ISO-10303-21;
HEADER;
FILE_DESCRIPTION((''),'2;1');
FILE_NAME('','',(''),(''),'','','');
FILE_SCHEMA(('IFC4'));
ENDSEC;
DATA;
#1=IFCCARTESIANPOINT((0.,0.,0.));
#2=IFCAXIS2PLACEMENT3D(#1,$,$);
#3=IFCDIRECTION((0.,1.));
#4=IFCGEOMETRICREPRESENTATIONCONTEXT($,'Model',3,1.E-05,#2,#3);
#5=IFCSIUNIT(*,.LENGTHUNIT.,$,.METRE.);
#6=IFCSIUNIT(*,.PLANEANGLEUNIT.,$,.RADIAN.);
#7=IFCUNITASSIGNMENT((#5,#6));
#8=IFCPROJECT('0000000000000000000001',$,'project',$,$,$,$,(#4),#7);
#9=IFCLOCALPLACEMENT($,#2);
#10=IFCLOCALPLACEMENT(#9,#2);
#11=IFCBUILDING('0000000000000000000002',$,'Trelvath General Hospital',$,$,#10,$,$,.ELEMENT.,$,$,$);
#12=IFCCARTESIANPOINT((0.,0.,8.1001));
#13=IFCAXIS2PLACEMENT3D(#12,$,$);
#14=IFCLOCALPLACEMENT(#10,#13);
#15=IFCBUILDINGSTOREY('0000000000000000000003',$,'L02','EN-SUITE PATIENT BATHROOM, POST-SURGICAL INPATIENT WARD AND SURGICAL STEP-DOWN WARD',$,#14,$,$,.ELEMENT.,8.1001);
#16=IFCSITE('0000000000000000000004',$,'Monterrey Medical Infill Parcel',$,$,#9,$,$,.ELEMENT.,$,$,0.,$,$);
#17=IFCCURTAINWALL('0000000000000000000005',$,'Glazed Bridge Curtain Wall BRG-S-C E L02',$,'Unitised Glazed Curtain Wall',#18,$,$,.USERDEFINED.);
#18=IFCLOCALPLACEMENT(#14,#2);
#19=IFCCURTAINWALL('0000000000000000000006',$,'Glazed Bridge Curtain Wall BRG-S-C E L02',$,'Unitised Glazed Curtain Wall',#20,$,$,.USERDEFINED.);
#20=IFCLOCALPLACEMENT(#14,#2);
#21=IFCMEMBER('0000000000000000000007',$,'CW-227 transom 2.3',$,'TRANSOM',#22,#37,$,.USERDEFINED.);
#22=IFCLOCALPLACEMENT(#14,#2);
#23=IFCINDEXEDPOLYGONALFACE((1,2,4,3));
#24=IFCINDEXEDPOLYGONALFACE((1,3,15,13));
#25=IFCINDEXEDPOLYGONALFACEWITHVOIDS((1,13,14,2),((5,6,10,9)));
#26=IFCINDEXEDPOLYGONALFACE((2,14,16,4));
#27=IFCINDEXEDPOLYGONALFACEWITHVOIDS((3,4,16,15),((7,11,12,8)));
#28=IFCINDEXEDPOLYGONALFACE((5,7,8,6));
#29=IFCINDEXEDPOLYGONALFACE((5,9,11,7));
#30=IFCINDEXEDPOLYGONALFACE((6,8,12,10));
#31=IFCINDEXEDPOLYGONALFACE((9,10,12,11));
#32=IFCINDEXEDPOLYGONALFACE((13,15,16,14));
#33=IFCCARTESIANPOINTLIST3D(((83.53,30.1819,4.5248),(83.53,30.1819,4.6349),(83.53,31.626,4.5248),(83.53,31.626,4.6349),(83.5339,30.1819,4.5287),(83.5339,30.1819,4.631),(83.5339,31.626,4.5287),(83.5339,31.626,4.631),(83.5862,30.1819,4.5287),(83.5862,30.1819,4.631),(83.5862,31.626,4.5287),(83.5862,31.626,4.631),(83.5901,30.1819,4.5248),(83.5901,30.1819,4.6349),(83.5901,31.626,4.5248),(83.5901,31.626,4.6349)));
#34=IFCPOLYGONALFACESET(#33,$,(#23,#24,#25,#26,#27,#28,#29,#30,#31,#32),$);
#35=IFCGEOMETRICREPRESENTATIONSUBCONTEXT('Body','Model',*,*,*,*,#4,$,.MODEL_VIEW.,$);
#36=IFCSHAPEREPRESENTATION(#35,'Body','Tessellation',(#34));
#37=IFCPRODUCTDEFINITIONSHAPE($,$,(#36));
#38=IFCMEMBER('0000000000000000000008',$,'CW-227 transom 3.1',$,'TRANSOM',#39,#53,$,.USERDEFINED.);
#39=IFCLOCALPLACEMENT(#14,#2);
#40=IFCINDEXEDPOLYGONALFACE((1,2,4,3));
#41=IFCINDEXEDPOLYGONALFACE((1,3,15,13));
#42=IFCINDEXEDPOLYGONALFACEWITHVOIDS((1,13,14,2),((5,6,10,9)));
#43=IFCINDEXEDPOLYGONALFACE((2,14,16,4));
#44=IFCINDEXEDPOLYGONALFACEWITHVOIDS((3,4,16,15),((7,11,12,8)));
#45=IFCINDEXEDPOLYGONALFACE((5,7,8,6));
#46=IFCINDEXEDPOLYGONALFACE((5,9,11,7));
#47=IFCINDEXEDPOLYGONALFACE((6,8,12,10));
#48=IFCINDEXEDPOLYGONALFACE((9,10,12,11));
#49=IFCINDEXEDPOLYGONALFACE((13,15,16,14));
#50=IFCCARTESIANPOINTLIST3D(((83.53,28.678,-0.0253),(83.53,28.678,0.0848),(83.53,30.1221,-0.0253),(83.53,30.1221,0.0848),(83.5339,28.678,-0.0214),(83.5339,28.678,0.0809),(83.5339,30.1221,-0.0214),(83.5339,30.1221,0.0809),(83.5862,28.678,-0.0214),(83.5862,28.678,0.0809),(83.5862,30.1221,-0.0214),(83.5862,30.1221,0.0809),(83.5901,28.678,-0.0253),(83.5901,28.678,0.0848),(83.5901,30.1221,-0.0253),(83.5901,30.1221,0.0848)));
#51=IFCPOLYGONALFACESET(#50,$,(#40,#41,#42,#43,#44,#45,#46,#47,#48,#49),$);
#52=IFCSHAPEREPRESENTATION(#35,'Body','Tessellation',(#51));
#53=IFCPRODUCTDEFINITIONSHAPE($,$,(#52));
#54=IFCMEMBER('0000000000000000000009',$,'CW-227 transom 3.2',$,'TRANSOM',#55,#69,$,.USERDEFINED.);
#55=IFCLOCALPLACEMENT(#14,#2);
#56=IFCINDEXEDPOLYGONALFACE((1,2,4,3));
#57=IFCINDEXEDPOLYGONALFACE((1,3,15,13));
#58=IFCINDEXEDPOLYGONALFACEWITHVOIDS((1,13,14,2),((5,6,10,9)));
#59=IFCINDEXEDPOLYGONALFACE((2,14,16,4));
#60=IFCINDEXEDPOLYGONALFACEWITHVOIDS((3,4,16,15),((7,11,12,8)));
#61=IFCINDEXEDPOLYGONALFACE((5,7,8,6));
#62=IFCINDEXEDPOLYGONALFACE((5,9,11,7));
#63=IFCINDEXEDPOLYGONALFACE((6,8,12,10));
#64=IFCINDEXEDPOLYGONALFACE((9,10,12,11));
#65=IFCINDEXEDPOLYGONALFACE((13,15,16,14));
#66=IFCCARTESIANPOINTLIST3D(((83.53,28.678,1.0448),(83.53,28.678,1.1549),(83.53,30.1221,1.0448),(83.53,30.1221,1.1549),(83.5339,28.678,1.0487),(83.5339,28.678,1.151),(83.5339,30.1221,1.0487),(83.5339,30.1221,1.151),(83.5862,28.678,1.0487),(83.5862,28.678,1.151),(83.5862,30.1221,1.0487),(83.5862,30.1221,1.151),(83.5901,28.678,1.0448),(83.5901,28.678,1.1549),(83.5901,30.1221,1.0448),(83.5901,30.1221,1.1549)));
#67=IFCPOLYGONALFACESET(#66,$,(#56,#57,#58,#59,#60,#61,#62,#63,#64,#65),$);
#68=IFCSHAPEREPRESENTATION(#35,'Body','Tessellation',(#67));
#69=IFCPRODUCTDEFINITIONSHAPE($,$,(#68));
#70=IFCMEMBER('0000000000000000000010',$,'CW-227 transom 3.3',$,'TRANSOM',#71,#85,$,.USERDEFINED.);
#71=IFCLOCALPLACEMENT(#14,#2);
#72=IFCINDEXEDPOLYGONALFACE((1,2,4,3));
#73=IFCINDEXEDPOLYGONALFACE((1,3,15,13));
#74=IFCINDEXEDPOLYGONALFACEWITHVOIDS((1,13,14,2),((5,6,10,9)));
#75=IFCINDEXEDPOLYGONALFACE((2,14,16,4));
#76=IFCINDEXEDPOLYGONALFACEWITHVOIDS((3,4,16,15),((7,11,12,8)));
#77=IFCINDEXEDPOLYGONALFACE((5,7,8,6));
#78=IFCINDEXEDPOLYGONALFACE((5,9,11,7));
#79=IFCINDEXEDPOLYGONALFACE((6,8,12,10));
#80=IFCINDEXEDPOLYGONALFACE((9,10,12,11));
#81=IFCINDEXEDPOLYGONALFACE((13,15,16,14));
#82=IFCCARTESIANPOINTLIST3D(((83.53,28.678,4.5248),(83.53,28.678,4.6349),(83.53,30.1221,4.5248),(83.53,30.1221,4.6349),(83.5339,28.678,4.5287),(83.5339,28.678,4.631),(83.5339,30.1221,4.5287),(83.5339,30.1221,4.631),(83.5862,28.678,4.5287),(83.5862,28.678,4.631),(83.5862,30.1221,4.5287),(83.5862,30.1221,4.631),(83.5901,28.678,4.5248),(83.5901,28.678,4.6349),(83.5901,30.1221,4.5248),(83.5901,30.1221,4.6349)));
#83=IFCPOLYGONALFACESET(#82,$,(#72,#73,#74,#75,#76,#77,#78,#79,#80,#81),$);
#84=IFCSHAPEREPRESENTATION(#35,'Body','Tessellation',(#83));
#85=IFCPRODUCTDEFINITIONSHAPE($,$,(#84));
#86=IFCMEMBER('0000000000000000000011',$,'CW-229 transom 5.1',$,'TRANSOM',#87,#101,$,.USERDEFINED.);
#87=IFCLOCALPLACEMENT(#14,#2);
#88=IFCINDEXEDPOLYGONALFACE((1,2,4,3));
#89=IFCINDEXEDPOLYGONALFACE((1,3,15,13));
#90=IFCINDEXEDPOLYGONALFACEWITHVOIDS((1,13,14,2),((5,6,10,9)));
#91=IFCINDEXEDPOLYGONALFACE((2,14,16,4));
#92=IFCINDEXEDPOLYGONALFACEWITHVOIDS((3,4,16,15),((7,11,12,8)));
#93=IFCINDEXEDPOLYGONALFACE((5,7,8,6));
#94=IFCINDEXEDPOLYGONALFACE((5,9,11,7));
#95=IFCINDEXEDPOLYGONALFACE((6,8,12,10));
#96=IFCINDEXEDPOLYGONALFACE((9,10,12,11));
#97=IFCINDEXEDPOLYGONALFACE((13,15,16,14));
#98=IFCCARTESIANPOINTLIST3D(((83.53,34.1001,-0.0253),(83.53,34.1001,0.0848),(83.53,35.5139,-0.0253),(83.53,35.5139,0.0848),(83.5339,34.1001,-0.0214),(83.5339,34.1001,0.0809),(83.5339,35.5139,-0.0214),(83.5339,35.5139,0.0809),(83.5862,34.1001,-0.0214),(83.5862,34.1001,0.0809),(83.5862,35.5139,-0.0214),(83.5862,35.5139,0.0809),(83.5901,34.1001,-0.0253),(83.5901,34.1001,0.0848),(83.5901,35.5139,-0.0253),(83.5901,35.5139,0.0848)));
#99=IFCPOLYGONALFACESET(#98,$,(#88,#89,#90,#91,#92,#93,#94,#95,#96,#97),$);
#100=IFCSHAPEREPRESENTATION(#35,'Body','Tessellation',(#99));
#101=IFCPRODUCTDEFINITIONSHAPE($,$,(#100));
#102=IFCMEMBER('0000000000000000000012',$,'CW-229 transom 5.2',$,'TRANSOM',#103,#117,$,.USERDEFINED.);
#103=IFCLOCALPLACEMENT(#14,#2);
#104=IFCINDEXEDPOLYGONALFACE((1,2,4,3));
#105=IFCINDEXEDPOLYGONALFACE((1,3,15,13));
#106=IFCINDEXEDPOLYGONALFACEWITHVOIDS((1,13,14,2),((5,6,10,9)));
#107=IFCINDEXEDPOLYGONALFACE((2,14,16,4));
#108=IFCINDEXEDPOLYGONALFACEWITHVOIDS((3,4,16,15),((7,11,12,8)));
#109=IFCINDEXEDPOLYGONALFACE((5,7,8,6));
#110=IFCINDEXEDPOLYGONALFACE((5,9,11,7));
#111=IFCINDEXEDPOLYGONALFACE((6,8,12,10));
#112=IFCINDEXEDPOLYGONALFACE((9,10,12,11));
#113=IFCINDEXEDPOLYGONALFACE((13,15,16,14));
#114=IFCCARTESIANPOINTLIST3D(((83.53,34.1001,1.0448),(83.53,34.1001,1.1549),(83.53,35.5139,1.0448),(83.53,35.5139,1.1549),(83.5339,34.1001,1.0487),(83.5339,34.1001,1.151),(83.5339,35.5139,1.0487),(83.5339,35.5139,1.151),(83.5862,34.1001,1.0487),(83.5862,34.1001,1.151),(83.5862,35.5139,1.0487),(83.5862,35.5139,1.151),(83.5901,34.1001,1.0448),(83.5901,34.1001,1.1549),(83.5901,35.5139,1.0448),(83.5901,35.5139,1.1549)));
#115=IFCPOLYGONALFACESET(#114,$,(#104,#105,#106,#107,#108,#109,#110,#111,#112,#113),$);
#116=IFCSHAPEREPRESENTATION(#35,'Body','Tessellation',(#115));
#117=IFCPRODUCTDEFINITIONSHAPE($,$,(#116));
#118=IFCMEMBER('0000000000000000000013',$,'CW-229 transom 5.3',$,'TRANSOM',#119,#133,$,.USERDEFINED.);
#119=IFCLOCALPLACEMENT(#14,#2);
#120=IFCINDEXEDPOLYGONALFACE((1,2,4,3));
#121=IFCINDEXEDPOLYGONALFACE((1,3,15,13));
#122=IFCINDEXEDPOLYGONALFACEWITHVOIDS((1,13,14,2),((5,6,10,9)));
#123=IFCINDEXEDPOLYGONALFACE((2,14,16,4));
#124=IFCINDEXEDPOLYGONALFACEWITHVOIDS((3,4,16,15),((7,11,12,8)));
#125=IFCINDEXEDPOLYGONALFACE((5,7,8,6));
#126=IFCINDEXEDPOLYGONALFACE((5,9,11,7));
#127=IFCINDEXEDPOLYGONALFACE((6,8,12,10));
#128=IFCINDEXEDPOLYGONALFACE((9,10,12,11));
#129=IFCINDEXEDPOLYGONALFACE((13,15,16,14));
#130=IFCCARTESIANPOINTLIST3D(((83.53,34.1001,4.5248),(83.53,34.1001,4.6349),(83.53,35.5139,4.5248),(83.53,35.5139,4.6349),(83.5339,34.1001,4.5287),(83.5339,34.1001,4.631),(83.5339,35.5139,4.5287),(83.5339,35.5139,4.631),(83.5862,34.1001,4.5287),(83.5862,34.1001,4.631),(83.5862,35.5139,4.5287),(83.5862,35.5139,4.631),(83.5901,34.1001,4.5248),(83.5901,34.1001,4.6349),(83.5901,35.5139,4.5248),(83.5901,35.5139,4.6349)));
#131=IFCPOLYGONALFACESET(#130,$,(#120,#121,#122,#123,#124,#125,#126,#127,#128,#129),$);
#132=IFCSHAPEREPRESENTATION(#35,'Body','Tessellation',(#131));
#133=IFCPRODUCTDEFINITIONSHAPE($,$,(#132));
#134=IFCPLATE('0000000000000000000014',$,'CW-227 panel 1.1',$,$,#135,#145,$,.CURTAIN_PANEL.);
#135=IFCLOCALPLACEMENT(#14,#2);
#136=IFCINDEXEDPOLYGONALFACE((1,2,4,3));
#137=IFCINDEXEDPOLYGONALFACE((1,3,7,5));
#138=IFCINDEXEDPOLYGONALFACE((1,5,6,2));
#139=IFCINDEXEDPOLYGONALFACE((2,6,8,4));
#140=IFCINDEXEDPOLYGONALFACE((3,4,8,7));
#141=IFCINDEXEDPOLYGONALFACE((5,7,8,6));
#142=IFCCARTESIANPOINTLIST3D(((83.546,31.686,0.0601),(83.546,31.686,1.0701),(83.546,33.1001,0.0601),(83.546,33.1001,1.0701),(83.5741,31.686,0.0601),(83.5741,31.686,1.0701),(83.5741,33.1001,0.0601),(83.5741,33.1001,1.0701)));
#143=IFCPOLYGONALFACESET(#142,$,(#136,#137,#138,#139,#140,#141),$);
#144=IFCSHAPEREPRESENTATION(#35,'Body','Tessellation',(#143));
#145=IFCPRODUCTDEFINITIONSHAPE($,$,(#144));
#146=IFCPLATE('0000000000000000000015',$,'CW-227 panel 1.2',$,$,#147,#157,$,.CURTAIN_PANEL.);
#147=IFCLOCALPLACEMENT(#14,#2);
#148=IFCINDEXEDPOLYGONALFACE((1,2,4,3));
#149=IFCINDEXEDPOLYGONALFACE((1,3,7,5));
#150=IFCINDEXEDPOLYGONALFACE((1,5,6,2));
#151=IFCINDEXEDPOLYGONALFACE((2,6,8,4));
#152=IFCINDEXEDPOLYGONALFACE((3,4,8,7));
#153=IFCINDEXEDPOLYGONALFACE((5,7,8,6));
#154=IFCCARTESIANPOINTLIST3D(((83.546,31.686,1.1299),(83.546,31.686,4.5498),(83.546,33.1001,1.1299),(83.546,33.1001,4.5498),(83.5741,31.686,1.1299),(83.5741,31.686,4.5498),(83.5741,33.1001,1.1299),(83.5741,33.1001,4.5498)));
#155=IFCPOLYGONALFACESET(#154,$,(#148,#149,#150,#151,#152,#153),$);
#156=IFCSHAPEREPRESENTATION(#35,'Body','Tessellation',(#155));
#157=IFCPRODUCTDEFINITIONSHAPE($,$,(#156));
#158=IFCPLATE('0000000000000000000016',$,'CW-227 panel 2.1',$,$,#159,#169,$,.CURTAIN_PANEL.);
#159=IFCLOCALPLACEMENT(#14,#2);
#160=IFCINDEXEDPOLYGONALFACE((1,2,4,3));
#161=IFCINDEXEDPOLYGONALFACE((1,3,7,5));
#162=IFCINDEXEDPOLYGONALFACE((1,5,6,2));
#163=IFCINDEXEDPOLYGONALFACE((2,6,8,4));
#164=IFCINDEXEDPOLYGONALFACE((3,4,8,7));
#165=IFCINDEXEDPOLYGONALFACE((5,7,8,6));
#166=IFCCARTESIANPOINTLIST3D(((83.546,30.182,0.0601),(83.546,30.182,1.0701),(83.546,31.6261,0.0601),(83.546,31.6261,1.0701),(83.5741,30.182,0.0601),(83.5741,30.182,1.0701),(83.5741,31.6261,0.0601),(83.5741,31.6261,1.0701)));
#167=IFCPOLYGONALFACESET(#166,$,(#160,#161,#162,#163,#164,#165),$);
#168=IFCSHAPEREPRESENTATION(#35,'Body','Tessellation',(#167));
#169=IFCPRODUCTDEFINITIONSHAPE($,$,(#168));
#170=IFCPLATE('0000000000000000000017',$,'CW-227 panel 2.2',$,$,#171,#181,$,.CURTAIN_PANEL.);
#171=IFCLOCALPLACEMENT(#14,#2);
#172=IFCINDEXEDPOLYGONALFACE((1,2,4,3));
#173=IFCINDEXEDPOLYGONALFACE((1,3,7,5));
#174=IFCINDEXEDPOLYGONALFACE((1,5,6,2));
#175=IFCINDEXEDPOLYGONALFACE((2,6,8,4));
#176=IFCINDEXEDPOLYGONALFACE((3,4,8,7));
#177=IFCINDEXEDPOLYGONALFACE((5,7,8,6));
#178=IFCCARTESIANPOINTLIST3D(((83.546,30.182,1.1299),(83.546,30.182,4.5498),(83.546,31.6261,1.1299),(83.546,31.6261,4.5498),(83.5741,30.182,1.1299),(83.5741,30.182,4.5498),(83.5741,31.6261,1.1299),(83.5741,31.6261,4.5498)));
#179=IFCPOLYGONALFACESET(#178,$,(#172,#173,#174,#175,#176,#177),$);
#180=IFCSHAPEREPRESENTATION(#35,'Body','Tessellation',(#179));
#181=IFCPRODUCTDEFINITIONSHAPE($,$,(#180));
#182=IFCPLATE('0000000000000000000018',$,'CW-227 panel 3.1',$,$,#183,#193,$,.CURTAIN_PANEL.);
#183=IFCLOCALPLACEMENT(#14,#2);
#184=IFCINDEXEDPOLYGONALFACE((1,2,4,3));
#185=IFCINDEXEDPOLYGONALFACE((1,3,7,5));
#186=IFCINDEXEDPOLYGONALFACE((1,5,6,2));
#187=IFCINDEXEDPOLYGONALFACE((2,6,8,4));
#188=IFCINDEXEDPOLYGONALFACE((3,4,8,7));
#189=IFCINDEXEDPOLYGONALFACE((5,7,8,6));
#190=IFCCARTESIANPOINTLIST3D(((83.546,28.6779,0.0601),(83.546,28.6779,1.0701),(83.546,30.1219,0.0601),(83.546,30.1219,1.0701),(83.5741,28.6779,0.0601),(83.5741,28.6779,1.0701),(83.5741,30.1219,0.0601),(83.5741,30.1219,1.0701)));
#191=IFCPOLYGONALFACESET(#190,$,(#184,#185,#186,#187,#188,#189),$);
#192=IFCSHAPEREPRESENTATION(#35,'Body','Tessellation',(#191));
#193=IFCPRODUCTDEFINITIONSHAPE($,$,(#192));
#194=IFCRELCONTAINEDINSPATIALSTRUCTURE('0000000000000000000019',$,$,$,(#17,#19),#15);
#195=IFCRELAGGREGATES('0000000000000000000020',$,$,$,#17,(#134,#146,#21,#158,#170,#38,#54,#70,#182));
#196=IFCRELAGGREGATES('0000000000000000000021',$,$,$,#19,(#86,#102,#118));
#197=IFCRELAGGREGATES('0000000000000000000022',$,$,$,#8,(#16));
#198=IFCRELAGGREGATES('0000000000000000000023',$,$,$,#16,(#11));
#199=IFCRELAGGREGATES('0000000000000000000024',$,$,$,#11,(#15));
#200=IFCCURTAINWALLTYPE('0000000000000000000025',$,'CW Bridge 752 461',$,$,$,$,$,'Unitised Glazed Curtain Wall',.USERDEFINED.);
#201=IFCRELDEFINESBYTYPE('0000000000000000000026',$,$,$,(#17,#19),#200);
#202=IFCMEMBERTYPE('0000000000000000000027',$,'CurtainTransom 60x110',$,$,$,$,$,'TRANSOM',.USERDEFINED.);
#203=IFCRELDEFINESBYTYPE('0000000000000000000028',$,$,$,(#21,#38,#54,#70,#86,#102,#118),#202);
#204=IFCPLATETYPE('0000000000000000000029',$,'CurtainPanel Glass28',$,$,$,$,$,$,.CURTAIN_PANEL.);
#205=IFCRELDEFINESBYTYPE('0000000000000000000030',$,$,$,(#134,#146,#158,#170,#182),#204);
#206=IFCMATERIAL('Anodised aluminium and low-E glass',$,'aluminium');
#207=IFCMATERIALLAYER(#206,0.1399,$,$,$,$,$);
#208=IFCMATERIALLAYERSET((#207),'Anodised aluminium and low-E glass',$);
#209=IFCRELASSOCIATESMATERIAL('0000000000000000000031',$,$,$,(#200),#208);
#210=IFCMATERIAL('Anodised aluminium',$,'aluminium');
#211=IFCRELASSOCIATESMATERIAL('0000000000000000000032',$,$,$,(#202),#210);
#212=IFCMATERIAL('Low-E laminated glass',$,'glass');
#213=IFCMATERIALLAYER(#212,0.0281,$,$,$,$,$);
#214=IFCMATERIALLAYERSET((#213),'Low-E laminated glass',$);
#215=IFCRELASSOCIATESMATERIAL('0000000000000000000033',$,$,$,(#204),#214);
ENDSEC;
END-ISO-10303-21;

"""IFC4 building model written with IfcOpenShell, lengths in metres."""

from ifc_helpers import new_model, si_unit, direction, frame, origin, origin_2d, place, context, subcontext, project, spatial, rectangle, hollow_rectangle, extrude, material, layer, layer_set, material_profile, profile_set, type_object, element, aggregate, save


model = new_model("IFC4")

# Units and contexts
model_context = context("Model", 3, precision=1e-05, world=origin(), true_north=direction((0.0, 1.0)))
body_context = subcontext(model_context, "Body", "Model", "MODEL_VIEW")
ifc_project = project(units=[si_unit("LENGTHUNIT", "METRE"), si_unit("PLANEANGLEUNIT", "RADIAN")], contexts=[model_context])

# Site, building, storey
site_placement = place(None, origin())
site = spatial("IfcSite", under=ifc_project, at=site_placement, Name="Monterrey Medical Infill Parcel", CompositionType="ELEMENT", RefElevation=0.0)
building_placement = place(site_placement, origin())
building = spatial("IfcBuilding", under=site, at=building_placement, Name="Trelvath General Hospital", CompositionType="ELEMENT")
storey_placement = place(building_placement, frame((0.0, 0.0, 8.1001)))
storey = spatial("IfcBuildingStorey", under=building, at=storey_placement, Name="L02", Description="EN-SUITE PATIENT BATHROOM, POST-SURGICAL INPATIENT WARD AND SURGICAL STEP-DOWN WARD", CompositionType="ELEMENT", Elevation=8.1001)

# Curtain walls
ifc_material_1 = material(Name="Anodised aluminium and low-E glass", Category="aluminium")
ifc_layer_1 = layer(ifc_material_1, 0.1399)
ifc_layer_set_1 = layer_set([ifc_layer_1], Name="Anodised aluminium and low-E glass")
curtain_wall_type = type_object("IfcCurtainWallType", Name="CW Bridge 752 461", ElementType="Unitised Glazed Curtain Wall", PredefinedType="USERDEFINED", material=ifc_layer_set_1)
curtain_wall_1_placement = place(storey_placement, origin())
curtain_wall_1 = element("IfcCurtainWall", 1, at=curtain_wall_1_placement, inside=storey, type_object=curtain_wall_type, Name="Glazed Bridge Curtain Wall BRG-S-C E L02", ObjectType="Unitised Glazed Curtain Wall", PredefinedType="USERDEFINED")
curtain_wall_2_placement = place(storey_placement, origin())
curtain_wall_2 = element("IfcCurtainWall", 2, at=curtain_wall_2_placement, inside=storey, type_object=curtain_wall_type, Name="Glazed Bridge Curtain Wall BRG-S-C E L02", ObjectType="Unitised Glazed Curtain Wall", PredefinedType="USERDEFINED")

# Members
ifc_material_2 = material(Name="Anodised aluminium", Category="aluminium")
ifc_material_profile_1 = material_profile(ifc_material_2, hollow_rectangle(XDim=0.0601, YDim=0.1101, WallThickness=0.0039, at=origin_2d()), Name="RHS60x110x4")
ifc_profile_set_1 = profile_set([ifc_material_profile_1], Name="Anodised aluminium")
member_type_1 = type_object("IfcMemberType", Name="CurtainTransom 60x110", ElementType="TRANSOM", PredefinedType="USERDEFINED", material=ifc_profile_set_1)
member_1_placement = place(storey_placement, frame((83.5601, 31.626, 4.5798), z_axis=(0.0, -1.0, 0.0), x_axis=(1.0, 0.0, 0.0)))
member_1 = element("IfcMember", 3, at=member_1_placement, type_object=member_type_1, Name="CW-227 transom 2.3", ObjectType="TRANSOM", PredefinedType="USERDEFINED", context=body_context, shape_type="SweptSolid", body=[
    extrude(hollow_rectangle(XDim=0.0601, YDim=0.1101, WallThickness=0.0039, at=origin_2d()), origin(), (0.0, 0.0, 1.0), 1.4441),
])
member_2_placement = place(storey_placement, frame((83.5601, 30.1221, 0.0298), z_axis=(0.0, -1.0, 0.0), x_axis=(1.0, 0.0, 0.0)))
member_2 = element("IfcMember", 4, at=member_2_placement, type_object=member_type_1, Name="CW-227 transom 3.1", ObjectType="TRANSOM", PredefinedType="USERDEFINED", context=body_context, shape_type="SweptSolid", body=[
    extrude(hollow_rectangle(XDim=0.0601, YDim=0.1101, WallThickness=0.0039, at=origin_2d()), origin(), (0.0, 0.0, 1.0), 1.4441),
])
member_3_placement = place(storey_placement, frame((83.5601, 30.1221, 1.0999), z_axis=(0.0, -1.0, 0.0), x_axis=(1.0, 0.0, 0.0)))
member_3 = element("IfcMember", 5, at=member_3_placement, type_object=member_type_1, Name="CW-227 transom 3.2", ObjectType="TRANSOM", PredefinedType="USERDEFINED", context=body_context, shape_type="SweptSolid", body=[
    extrude(hollow_rectangle(XDim=0.0601, YDim=0.1101, WallThickness=0.0039, at=origin_2d()), origin(), (0.0, 0.0, 1.0), 1.4441),
])
member_4_placement = place(storey_placement, frame((83.5601, 30.1221, 4.5798), z_axis=(0.0, -1.0, 0.0), x_axis=(1.0, 0.0, 0.0)))
member_4 = element("IfcMember", 6, at=member_4_placement, type_object=member_type_1, Name="CW-227 transom 3.3", ObjectType="TRANSOM", PredefinedType="USERDEFINED", context=body_context, shape_type="SweptSolid", body=[
    extrude(hollow_rectangle(XDim=0.0601, YDim=0.1101, WallThickness=0.0039, at=origin_2d()), origin(), (0.0, 0.0, 1.0), 1.4441),
])
member_5_placement = place(storey_placement, frame((83.5601, 35.5139, 0.0298), z_axis=(0.0, -1.0, 0.0), x_axis=(1.0, 0.0, 0.0)))
member_5 = element("IfcMember", 7, at=member_5_placement, type_object=member_type_1, Name="CW-229 transom 5.1", ObjectType="TRANSOM", PredefinedType="USERDEFINED", context=body_context, shape_type="SweptSolid", body=[
    extrude(hollow_rectangle(XDim=0.0601, YDim=0.1101, WallThickness=0.0039, at=origin_2d()), origin(), (0.0, 0.0, 1.0), 1.4138),
])
member_6_placement = place(storey_placement, frame((83.5601, 35.5139, 1.0999), z_axis=(0.0, -1.0, 0.0), x_axis=(1.0, 0.0, 0.0)))
member_6 = element("IfcMember", 8, at=member_6_placement, type_object=member_type_1, Name="CW-229 transom 5.2", ObjectType="TRANSOM", PredefinedType="USERDEFINED", context=body_context, shape_type="SweptSolid", body=[
    extrude(hollow_rectangle(XDim=0.0601, YDim=0.1101, WallThickness=0.0039, at=origin_2d()), origin(), (0.0, 0.0, 1.0), 1.4138),
])
member_7_placement = place(storey_placement, frame((83.5601, 35.5139, 4.5798), z_axis=(0.0, -1.0, 0.0), x_axis=(1.0, 0.0, 0.0)))
member_7 = element("IfcMember", 9, at=member_7_placement, type_object=member_type_1, Name="CW-229 transom 5.3", ObjectType="TRANSOM", PredefinedType="USERDEFINED", context=body_context, shape_type="SweptSolid", body=[
    extrude(hollow_rectangle(XDim=0.0601, YDim=0.1101, WallThickness=0.0039, at=origin_2d()), origin(), (0.0, 0.0, 1.0), 1.4138),
])

# Plates
ifc_material_3 = material(Name="Low-E laminated glass", Category="glass")
ifc_layer_2 = layer(ifc_material_3, 0.0281)
ifc_layer_set_2 = layer_set([ifc_layer_2], Name="Low-E laminated glass")
plate_type = type_object("IfcPlateType", Name="CurtainPanel Glass28", PredefinedType="CURTAIN_PANEL", material=ifc_layer_set_2)
plate_1_placement = place(storey_placement, frame((83.5601, 32.3931, 0.0601), z_axis=(0.0, 0.0, 1.0), x_axis=(0.0, -1.0, 0.0)))
plate_1 = element("IfcPlate", 10, at=plate_1_placement, type_object=plate_type, Name="CW-227 panel 1.1", PredefinedType="CURTAIN_PANEL", context=body_context, shape_type="SweptSolid", body=[
    extrude(rectangle(XDim=1.4141, YDim=0.0281, at=origin_2d()), origin(), (0.0, 0.0, 1.0), 1.01),
])
plate_2_placement = place(storey_placement, frame((83.5601, 32.3931, 1.1299), z_axis=(0.0, 0.0, 1.0), x_axis=(0.0, -1.0, 0.0)))
plate_2 = element("IfcPlate", 11, at=plate_2_placement, type_object=plate_type, Name="CW-227 panel 1.2", PredefinedType="CURTAIN_PANEL", context=body_context, shape_type="SweptSolid", body=[
    extrude(rectangle(XDim=1.4141, YDim=0.0281, at=origin_2d()), origin(), (0.0, 0.0, 1.0), 3.4199),
])
plate_3_placement = place(storey_placement, frame((83.5601, 30.9041, 0.0601), z_axis=(0.0, 0.0, 1.0), x_axis=(0.0, -1.0, 0.0)))
plate_3 = element("IfcPlate", 12, at=plate_3_placement, type_object=plate_type, Name="CW-227 panel 2.1", PredefinedType="CURTAIN_PANEL", context=body_context, shape_type="SweptSolid", body=[
    extrude(rectangle(XDim=1.4441, YDim=0.0281, at=origin_2d()), origin(), (0.0, 0.0, 1.0), 1.01),
])
plate_4_placement = place(storey_placement, frame((83.5601, 30.9041, 1.1299), z_axis=(0.0, 0.0, 1.0), x_axis=(0.0, -1.0, 0.0)))
plate_4 = element("IfcPlate", 13, at=plate_4_placement, type_object=plate_type, Name="CW-227 panel 2.2", PredefinedType="CURTAIN_PANEL", context=body_context, shape_type="SweptSolid", body=[
    extrude(rectangle(XDim=1.4441, YDim=0.0281, at=origin_2d()), origin(), (0.0, 0.0, 1.0), 3.4199),
])
plate_5_placement = place(storey_placement, frame((83.5601, 29.3999, 0.0601), z_axis=(0.0, 0.0, 1.0), x_axis=(0.0, -1.0, 0.0)))
plate_5 = element("IfcPlate", 14, at=plate_5_placement, type_object=plate_type, Name="CW-227 panel 3.1", PredefinedType="CURTAIN_PANEL", context=body_context, shape_type="SweptSolid", body=[
    extrude(rectangle(XDim=1.4441, YDim=0.0281, at=origin_2d()), origin(), (0.0, 0.0, 1.0), 1.01),
])
aggregate(curtain_wall_1, [plate_1, plate_2, member_1, plate_3, plate_4, member_2, member_3, member_4, plate_5])
aggregate(curtain_wall_2, [member_5, member_6, member_7])

save(model, "model.ifc")
